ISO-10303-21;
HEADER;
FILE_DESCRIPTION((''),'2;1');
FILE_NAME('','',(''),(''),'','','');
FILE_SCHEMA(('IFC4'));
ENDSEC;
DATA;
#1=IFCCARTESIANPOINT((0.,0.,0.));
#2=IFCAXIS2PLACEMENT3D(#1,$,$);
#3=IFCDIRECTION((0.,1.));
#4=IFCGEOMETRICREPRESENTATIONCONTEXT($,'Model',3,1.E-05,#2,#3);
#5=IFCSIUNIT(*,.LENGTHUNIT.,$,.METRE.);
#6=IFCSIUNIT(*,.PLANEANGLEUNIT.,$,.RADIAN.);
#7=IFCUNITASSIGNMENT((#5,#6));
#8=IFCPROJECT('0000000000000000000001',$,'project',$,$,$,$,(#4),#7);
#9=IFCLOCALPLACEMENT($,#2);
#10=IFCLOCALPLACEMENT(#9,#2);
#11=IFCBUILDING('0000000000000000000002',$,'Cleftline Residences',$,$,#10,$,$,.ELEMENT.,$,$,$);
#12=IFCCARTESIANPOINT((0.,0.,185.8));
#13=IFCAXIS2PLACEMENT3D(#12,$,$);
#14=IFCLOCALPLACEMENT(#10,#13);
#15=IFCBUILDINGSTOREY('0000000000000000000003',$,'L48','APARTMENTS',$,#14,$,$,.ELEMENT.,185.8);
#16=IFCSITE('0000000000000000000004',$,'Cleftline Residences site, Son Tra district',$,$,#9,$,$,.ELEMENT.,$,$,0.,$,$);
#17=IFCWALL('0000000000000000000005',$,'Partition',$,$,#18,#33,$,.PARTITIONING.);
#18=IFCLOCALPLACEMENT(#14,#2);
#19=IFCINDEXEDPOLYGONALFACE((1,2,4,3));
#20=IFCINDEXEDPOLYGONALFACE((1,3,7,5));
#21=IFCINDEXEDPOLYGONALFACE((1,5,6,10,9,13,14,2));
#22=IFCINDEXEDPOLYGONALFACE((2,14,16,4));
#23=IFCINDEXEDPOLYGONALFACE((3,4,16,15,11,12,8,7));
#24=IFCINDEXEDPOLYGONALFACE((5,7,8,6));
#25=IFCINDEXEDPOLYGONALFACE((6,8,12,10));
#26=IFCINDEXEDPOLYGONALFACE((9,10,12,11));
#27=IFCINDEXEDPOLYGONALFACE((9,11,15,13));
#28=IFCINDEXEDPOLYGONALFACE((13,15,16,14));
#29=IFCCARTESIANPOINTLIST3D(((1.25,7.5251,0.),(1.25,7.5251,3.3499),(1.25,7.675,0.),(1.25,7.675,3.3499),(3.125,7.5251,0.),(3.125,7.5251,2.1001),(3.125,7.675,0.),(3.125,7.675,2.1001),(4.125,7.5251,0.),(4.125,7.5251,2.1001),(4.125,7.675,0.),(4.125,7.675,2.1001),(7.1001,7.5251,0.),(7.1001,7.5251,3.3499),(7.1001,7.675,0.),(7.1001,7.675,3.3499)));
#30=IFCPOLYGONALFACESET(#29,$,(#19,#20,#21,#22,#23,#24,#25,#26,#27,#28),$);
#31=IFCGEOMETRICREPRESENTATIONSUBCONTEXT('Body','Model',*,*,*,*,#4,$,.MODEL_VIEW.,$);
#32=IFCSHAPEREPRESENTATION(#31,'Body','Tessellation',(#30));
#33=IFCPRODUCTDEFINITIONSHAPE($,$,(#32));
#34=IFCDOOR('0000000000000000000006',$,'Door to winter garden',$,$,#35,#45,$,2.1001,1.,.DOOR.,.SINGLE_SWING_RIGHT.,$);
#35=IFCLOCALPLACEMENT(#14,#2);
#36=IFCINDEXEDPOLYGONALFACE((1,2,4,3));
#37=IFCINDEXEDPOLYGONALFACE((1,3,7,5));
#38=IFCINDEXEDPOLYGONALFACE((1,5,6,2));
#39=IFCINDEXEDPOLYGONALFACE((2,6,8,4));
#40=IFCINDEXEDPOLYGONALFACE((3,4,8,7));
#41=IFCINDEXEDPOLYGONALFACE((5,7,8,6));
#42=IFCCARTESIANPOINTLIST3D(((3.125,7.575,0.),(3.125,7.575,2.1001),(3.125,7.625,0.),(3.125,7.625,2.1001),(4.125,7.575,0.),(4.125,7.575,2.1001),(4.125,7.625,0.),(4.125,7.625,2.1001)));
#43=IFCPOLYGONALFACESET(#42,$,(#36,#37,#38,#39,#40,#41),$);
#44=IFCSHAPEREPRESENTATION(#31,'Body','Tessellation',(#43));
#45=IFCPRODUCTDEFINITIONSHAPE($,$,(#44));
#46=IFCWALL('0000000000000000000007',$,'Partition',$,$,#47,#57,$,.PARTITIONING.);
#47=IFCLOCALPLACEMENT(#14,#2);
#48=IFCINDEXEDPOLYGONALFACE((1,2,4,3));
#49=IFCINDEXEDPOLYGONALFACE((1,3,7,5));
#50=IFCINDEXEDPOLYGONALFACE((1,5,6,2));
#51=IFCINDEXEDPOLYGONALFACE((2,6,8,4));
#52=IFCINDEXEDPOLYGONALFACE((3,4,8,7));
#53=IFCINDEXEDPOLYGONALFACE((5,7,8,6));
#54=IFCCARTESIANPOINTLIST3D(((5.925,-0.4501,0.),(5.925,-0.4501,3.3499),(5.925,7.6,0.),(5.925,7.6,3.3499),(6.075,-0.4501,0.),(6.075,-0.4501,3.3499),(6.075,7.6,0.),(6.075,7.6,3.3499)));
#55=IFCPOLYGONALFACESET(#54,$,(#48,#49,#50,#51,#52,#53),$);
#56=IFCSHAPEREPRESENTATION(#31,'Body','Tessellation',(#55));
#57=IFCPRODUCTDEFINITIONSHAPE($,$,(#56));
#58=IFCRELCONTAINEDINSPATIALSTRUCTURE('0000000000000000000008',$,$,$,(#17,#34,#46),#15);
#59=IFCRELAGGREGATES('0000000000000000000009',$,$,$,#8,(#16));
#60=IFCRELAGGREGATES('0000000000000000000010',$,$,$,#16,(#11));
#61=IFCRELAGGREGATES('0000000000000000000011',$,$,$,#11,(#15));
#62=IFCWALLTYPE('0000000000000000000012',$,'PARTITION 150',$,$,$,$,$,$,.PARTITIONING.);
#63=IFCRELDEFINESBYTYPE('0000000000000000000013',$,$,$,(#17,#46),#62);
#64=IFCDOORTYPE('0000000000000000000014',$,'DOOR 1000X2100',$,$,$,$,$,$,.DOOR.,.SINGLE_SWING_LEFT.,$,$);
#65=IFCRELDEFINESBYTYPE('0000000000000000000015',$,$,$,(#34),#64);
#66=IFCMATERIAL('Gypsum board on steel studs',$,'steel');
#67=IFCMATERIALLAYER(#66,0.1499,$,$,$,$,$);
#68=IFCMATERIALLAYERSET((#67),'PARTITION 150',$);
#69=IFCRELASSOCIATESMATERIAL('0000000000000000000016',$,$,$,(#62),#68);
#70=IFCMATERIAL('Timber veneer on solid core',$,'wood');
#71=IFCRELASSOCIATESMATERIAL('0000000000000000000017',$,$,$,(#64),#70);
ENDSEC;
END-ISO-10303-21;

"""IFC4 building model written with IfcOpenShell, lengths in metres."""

from ifc_helpers import new_model, si_unit, direction, frame, frame_2d, origin, place, context, subcontext, project, spatial, rectangle, extrude, material, layer, layer_set, type_object, element, fill, save


model = new_model("IFC4")

# Units and contexts
model_context = context("Model", 3, precision=1e-05, world=origin(), true_north=direction((0.0, 1.0)))
body_context = subcontext(model_context, "Body", "Model", "MODEL_VIEW")
ifc_project = project(units=[si_unit("LENGTHUNIT", "METRE"), si_unit("PLANEANGLEUNIT", "RADIAN")], contexts=[model_context])

# Site, building, storey
site_placement = place(None, origin())
site = spatial("IfcSite", under=ifc_project, at=site_placement, Name="Cleftline Residences site, Son Tra district", CompositionType="ELEMENT", RefElevation=0.0)
building_placement = place(site_placement, origin())
building = spatial("IfcBuilding", under=site, at=building_placement, Name="Cleftline Residences", CompositionType="ELEMENT")
storey_placement = place(building_placement, frame((0.0, 0.0, 185.8)))
storey = spatial("IfcBuildingStorey", under=building, at=storey_placement, Name="L48", Description="APARTMENTS", CompositionType="ELEMENT", Elevation=185.8)

# Wall, opening, door
ifc_material_1 = material(Name="Gypsum board on steel studs", Category="steel")
ifc_layer_1 = layer(ifc_material_1, 0.1499)
ifc_layer_set_1 = layer_set([ifc_layer_1], Name="PARTITION 150")
wall_type_1 = type_object("IfcWallType", Name="PARTITION 150", PredefinedType="PARTITIONING", material=ifc_layer_set_1)
wall_1_placement = place(storey_placement, frame((1.25, 7.6001, 0.0), z_axis=(0.0, 0.0, 1.0), x_axis=(1.0, 0.0, 0.0)))
wall_1 = element("IfcWall", 1, at=wall_1_placement, inside=storey, type_object=wall_type_1, Name="Partition", PredefinedType="PARTITIONING", context=body_context, shape_type="SweptSolid", body=[
    extrude(rectangle(XDim=5.8501, YDim=0.1499, at=frame_2d((2.925, 0.0))), origin(), (0.0, 0.0, 1.0), 3.3499),
])
opening_1_placement = place(wall_1_placement, frame((1.875, 0.0, 0.0)))
opening_1 = element("IfcOpeningElement", 2, at=opening_1_placement, cuts=wall_1, PredefinedType="OPENING", context=body_context, shape_type="SweptSolid", body=[
    extrude(rectangle(XDim=1.0, YDim=2.1001, at=frame_2d((0.5, 1.05))), frame((0.0, 0.085, 0.0), z_axis=(0.0, -1.0, 0.0), x_axis=(1.0, 0.0, 0.0)), (0.0, 0.0, 1.0), 0.1699),
])
ifc_material_2 = material(Name="Timber veneer on solid core", Category="wood")
door_type = type_object("IfcDoorType", Name="DOOR 1000X2100", OperationType="SINGLE_SWING_LEFT", PredefinedType="DOOR", material=ifc_material_2)
door_placement = place(opening_1_placement, origin())
door = element("IfcDoor", 3, at=door_placement, inside=storey, type_object=door_type, Name="Door to winter garden", OperationType="SINGLE_SWING_RIGHT", OverallHeight=2.1001, OverallWidth=1.0, PredefinedType="DOOR", context=body_context, shape_type="SweptSolid", body=[
    extrude(rectangle(XDim=1.0, YDim=2.1001, at=frame_2d((0.5, 1.05))), frame((0.0, 0.0249, 0.0), z_axis=(0.0, -1.0, 0.0), x_axis=(1.0, 0.0, 0.0)), (0.0, 0.0, 1.0), 0.05),
])
fill(opening_1, door)

# Wall
wall_2_placement = place(storey_placement, frame((6.0, -0.45, 0.0), z_axis=(0.0, 0.0, 1.0), x_axis=(0.0, 1.0, 0.0)))
element("IfcWall", 4, at=wall_2_placement, inside=storey, type_object=wall_type_1, Name="Partition", PredefinedType="PARTITIONING", context=body_context, shape_type="SweptSolid", body=[
    extrude(rectangle(XDim=8.05, YDim=0.1499, at=frame_2d((4.0249, 0.0))), origin(), (0.0, 0.0, 1.0), 3.3499),
])

save(model, "model.ifc")
